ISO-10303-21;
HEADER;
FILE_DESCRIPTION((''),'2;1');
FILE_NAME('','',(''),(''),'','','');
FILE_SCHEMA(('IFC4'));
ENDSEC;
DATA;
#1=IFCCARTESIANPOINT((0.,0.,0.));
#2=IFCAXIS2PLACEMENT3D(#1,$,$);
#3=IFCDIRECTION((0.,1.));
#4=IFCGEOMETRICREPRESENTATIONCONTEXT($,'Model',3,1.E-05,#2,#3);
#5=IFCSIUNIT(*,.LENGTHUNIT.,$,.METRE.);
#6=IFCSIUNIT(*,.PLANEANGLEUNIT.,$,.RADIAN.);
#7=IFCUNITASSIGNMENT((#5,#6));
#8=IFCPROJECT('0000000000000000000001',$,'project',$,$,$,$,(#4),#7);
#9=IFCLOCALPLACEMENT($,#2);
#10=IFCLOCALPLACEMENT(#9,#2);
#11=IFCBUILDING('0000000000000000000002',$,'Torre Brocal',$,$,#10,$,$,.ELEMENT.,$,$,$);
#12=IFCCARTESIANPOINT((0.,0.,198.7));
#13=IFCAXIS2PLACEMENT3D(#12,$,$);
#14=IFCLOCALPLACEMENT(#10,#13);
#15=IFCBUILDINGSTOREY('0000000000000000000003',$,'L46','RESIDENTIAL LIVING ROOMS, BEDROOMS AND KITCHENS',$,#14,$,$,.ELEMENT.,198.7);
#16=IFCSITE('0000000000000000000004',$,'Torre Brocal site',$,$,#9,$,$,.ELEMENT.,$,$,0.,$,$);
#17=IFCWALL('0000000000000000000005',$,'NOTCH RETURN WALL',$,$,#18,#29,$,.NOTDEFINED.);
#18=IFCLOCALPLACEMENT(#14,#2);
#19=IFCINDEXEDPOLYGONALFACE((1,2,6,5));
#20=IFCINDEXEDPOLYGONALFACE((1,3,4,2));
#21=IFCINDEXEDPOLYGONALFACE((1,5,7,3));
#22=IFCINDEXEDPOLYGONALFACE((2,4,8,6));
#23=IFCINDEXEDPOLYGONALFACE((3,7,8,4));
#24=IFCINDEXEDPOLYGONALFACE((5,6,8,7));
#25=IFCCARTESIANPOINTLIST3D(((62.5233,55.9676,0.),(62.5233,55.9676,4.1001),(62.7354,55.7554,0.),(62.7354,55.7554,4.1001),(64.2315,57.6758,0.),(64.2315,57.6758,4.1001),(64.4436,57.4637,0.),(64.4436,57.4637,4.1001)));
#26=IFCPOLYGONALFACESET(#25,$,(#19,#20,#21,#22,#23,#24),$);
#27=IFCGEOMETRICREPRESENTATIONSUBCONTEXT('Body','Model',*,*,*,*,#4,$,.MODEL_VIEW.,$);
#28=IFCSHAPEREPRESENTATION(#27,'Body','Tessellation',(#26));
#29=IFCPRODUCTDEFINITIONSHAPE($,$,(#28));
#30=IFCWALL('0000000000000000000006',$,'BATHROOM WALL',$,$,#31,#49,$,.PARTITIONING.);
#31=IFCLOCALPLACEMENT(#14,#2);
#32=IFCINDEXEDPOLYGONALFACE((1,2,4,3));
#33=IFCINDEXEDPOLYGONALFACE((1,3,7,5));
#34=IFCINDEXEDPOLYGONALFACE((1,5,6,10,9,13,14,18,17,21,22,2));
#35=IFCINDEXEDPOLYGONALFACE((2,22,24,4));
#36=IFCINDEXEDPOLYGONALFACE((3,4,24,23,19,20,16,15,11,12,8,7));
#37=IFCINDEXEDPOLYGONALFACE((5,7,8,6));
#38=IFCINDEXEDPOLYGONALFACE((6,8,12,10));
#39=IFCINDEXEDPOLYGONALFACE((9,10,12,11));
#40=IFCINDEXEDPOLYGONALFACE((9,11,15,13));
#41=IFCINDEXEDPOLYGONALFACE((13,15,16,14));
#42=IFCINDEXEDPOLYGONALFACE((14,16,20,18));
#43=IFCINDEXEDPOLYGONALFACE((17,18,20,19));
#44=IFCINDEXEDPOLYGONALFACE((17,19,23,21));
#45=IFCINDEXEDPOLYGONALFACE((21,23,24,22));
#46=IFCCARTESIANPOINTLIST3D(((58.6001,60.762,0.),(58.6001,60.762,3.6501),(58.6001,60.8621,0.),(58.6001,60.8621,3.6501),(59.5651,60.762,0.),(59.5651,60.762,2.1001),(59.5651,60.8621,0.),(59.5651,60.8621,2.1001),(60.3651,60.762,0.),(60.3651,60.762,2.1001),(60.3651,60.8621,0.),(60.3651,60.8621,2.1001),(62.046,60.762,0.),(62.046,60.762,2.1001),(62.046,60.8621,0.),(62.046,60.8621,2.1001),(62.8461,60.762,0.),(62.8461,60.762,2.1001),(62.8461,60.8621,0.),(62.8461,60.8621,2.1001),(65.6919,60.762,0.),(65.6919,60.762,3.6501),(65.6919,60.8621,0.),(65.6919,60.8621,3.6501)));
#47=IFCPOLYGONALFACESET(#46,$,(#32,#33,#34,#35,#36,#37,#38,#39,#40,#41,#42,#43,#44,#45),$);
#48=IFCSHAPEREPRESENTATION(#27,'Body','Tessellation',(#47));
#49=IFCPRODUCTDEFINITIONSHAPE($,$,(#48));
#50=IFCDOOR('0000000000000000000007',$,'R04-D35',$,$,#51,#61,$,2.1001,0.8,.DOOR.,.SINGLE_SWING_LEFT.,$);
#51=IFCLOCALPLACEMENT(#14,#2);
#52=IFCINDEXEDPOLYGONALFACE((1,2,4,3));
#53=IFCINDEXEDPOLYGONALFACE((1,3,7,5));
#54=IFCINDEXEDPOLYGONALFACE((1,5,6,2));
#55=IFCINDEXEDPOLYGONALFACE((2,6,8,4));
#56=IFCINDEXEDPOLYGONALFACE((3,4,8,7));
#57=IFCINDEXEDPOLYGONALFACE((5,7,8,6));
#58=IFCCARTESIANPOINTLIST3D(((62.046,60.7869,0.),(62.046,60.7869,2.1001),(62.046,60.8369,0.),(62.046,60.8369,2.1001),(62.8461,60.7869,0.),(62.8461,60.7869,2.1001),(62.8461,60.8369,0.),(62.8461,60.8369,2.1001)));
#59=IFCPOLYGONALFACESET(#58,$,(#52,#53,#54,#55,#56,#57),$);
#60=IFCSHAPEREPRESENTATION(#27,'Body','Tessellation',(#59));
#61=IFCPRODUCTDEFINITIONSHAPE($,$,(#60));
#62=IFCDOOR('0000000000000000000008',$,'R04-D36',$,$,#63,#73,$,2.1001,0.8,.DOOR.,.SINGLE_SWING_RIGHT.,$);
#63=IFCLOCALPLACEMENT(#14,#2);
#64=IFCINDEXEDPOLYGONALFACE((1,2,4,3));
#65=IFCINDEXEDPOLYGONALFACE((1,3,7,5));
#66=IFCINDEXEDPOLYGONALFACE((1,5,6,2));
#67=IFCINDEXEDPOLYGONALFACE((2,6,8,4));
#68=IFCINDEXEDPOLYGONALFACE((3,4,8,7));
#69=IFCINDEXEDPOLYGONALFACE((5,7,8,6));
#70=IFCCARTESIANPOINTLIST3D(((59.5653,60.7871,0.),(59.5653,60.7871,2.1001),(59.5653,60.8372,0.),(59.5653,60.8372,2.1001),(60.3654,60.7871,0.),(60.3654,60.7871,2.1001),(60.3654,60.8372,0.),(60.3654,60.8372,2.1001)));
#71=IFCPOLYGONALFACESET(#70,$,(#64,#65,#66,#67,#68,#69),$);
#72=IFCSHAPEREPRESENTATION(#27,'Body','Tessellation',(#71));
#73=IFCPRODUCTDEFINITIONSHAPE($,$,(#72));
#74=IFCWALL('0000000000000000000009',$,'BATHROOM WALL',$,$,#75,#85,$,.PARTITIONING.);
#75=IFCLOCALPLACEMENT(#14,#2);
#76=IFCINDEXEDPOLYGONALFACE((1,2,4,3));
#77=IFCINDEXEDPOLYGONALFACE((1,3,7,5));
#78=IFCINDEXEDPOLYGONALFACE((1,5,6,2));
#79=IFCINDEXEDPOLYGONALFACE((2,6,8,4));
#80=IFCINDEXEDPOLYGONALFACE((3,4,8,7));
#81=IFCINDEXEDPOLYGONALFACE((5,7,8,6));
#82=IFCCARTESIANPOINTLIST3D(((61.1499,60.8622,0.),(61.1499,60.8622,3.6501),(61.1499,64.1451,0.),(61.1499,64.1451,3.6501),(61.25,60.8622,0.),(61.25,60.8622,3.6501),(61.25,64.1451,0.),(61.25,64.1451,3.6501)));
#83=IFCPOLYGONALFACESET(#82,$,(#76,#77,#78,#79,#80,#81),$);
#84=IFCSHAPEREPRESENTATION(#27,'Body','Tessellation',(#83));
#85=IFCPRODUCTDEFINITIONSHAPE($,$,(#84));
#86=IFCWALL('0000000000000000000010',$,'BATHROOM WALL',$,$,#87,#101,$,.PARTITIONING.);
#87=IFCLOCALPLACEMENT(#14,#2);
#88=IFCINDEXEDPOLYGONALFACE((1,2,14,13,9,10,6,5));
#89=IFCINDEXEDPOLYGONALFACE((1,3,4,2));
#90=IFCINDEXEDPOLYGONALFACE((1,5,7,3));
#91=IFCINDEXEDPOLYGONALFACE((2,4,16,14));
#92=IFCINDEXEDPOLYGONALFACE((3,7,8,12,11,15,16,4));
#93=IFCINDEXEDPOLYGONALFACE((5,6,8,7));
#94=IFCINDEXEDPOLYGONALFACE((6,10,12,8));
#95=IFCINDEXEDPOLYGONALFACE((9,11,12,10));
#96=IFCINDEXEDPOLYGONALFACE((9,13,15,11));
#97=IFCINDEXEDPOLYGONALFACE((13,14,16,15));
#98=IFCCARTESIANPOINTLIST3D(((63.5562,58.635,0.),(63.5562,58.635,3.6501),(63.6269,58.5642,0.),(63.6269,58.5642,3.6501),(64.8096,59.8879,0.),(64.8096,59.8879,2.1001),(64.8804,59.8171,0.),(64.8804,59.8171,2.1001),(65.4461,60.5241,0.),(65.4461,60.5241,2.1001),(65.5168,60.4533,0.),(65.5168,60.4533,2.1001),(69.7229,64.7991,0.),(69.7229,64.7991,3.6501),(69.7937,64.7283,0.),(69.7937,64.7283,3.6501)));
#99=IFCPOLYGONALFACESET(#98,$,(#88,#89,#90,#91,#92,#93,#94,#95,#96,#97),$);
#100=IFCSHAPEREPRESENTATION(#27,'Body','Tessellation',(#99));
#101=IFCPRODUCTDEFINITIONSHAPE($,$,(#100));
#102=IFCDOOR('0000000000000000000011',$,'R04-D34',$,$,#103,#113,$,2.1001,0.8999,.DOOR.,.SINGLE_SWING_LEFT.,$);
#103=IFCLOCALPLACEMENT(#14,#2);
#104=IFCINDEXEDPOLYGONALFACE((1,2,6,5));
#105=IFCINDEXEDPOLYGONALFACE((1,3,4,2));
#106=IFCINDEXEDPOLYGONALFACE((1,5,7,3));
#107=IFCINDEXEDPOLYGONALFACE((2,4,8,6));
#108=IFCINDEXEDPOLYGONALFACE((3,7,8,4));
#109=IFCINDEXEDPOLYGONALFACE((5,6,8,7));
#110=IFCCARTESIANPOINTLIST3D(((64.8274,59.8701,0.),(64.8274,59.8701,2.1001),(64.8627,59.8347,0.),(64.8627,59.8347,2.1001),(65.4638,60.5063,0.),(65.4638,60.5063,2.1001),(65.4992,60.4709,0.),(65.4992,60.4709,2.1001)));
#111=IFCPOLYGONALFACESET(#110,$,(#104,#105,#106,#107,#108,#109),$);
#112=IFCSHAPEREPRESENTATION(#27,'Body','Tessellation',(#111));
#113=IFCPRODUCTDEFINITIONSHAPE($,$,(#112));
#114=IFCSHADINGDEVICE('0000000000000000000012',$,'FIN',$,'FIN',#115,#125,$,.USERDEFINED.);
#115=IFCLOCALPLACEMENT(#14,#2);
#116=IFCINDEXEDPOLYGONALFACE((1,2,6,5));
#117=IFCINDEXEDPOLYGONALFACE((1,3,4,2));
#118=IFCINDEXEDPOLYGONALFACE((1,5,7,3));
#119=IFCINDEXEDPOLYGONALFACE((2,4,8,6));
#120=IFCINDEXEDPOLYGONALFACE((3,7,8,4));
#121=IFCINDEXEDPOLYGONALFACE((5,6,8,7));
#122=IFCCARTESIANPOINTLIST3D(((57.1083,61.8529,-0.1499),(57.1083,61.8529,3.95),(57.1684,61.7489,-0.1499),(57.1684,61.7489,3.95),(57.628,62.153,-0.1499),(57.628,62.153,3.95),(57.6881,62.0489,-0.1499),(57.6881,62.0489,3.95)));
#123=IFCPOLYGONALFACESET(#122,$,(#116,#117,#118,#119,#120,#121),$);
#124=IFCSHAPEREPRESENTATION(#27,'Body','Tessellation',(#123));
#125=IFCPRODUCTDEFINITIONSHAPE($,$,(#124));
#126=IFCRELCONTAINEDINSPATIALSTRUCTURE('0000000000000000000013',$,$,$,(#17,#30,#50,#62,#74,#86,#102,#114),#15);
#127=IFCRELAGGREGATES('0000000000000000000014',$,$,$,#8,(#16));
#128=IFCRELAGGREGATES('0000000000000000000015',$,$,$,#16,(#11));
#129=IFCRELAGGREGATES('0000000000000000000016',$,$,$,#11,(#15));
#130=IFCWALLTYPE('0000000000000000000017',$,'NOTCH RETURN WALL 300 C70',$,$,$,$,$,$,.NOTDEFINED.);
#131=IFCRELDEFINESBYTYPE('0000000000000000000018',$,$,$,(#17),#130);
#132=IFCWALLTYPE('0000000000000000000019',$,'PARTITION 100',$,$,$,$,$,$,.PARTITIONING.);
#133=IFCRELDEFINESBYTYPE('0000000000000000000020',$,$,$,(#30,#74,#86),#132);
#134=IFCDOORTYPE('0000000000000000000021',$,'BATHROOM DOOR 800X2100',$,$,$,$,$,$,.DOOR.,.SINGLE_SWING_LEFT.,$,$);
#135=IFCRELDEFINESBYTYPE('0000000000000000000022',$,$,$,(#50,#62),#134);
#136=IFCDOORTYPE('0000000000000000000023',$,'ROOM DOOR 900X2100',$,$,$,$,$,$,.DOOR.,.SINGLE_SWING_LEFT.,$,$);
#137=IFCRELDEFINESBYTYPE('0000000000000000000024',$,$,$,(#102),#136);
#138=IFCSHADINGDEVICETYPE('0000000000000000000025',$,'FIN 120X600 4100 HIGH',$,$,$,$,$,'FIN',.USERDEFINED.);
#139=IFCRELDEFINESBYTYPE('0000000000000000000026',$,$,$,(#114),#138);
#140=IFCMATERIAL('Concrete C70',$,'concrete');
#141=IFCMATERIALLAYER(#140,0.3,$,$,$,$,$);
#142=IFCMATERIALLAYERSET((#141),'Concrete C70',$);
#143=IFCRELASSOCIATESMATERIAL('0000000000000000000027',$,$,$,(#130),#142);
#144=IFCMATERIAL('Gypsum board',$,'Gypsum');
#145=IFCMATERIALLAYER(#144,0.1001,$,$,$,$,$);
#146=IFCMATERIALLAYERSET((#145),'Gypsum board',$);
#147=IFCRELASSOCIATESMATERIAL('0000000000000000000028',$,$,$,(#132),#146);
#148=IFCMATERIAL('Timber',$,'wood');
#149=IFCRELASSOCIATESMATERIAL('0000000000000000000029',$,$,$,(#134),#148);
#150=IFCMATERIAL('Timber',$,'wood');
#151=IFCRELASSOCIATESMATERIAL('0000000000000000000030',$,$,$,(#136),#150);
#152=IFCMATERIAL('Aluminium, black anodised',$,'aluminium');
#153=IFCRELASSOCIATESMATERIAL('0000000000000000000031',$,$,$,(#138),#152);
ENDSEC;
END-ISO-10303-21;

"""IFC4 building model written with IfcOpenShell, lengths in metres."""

from ifc_helpers import new_model, si_unit, direction, frame, frame_2d, origin, origin_2d, place, context, subcontext, project, spatial, rectangle, extrude, material, layer, layer_set, material_profile, profile_set, type_object, element, fill, save


model = new_model("IFC4")

# Units and contexts
model_context = context("Model", 3, precision=1e-05, world=origin(), true_north=direction((0.0, 1.0)))
body_context = subcontext(model_context, "Body", "Model", "MODEL_VIEW")
ifc_project = project(units=[si_unit("LENGTHUNIT", "METRE"), si_unit("PLANEANGLEUNIT", "RADIAN")], contexts=[model_context])

# Site, building, storey
site_placement = place(None, origin())
site = spatial("IfcSite", under=ifc_project, at=site_placement, Name="Torre Brocal site", CompositionType="ELEMENT", RefElevation=0.0)
building_placement = place(site_placement, origin())
building = spatial("IfcBuilding", under=site, at=building_placement, Name="Torre Brocal", CompositionType="ELEMENT")
storey_placement = place(building_placement, frame((0.0, 0.0, 198.7)))
storey = spatial("IfcBuildingStorey", under=building, at=storey_placement, Name="L46", Description="RESIDENTIAL LIVING ROOMS, BEDROOMS AND KITCHENS", CompositionType="ELEMENT", Elevation=198.7)

# Wall
ifc_material_1 = material(Name="Concrete C70", Category="concrete")
ifc_layer_1 = layer(ifc_material_1, 0.3)
ifc_layer_set_1 = layer_set([ifc_layer_1], Name="Concrete C70")
wall_type_1 = type_object("IfcWallType", Name="NOTCH RETURN WALL 300 C70", PredefinedType="NOTDEFINED", material=ifc_layer_set_1)
for number, where, z_axis, x_axis, name in (
    (1, (64.3376, 57.5698, 0.0), (0.0, 0.0, 1.0), (-0.707107, -0.707107, 0.0), "NOTCH RETURN WALL"),
):
    element("IfcWall", number, at=place(storey_placement, frame(where, z_axis=z_axis, x_axis=x_axis)), inside=storey, type_object=wall_type_1, Name=name, PredefinedType="NOTDEFINED", context=body_context, shape_type="SweptSolid", body=[
        extrude(rectangle(XDim=2.4158, YDim=0.3, at=frame_2d((1.208, 0.0))), origin(), (0.0, 0.0, 1.0), 4.1001),
    ])

# Wall, openings, doors
ifc_material_2 = material(Name="Gypsum board", Category="Gypsum")
ifc_layer_2 = layer(ifc_material_2, 0.1001)
ifc_layer_set_2 = layer_set([ifc_layer_2], Name="Gypsum board")
wall_type_2 = type_object("IfcWallType", Name="PARTITION 100", PredefinedType="PARTITIONING", material=ifc_layer_set_2)
wall_1_placement = place(storey_placement, frame((58.6001, 60.812, 0.0), z_axis=(0.0, 0.0, 1.0), x_axis=(1.0, 0.0, 0.0)))
wall_1 = element("IfcWall", 2, at=wall_1_placement, inside=storey, type_object=wall_type_2, Name="BATHROOM WALL", PredefinedType="PARTITIONING", context=body_context, shape_type="SweptSolid", body=[
    extrude(rectangle(XDim=7.0918, YDim=0.1001, at=frame_2d((3.5459, 0.0))), origin(), (0.0, 0.0, 1.0), 3.6501),
])
opening_1_placement = place(wall_1_placement, frame((3.446, 0.0, 0.0)))
opening_1 = element("IfcOpeningElement", 3, at=opening_1_placement, cuts=wall_1, PredefinedType="OPENING", context=body_context, shape_type="SweptSolid", body=[
    extrude(rectangle(XDim=0.8, YDim=2.1001, at=frame_2d((0.3999, 1.05))), frame((0.0, 0.0601, 0.0), z_axis=(0.0, -1.0, 0.0), x_axis=(1.0, 0.0, 0.0)), (0.0, 0.0, 1.0), 0.1201),
])
opening_2_placement = place(wall_1_placement, frame((0.9651, 0.0, 0.0)))
opening_2 = element("IfcOpeningElement", 4, at=opening_2_placement, cuts=wall_1, PredefinedType="OPENING", context=body_context, shape_type="SweptSolid", body=[
    extrude(rectangle(XDim=0.8, YDim=2.1001, at=frame_2d((0.3999, 1.05))), frame((0.0, 0.0601, 0.0), z_axis=(0.0, -1.0, 0.0), x_axis=(1.0, 0.0, 0.0)), (0.0, 0.0, 1.0), 0.1201),
])
ifc_material_3 = material(Name="Timber", Category="wood")
door_type_1 = type_object("IfcDoorType", Name="BATHROOM DOOR 800X2100", OperationType="SINGLE_SWING_LEFT", PredefinedType="DOOR", material=ifc_material_3)
door_1_placement = place(opening_1_placement, origin())
door_1 = element("IfcDoor", 5, at=door_1_placement, inside=storey, type_object=door_type_1, Name="R04-D35", OperationType="SINGLE_SWING_LEFT", OverallHeight=2.1001, OverallWidth=0.8, PredefinedType="DOOR", context=body_context, shape_type="SweptSolid", body=[
    extrude(rectangle(XDim=0.8, YDim=2.1001, at=frame_2d((0.3999, 1.05))), frame((0.0, 0.0249, 0.0), z_axis=(0.0, -1.0, 0.0), x_axis=(1.0, 0.0, 0.0)), (0.0, 0.0, 1.0), 0.05),
])
fill(opening_1, door_1)
door_2_placement = place(opening_2_placement, frame((0.8, 0.0, 0.0), z_axis=(0.0, 0.0, 1.0), x_axis=(-1.0, 0.0, 0.0)))
door_2 = element("IfcDoor", 6, at=door_2_placement, inside=storey, type_object=door_type_1, Name="R04-D36", OperationType="SINGLE_SWING_RIGHT", OverallHeight=2.1001, OverallWidth=0.8, PredefinedType="DOOR", context=body_context, shape_type="SweptSolid", body=[
    extrude(rectangle(XDim=0.8, YDim=2.1001, at=frame_2d((0.3999, 1.05))), frame((0.0, 0.0249, 0.0), z_axis=(0.0, -1.0, 0.0), x_axis=(1.0, 0.0, 0.0)), (0.0, 0.0, 1.0), 0.05),
])
fill(opening_2, door_2)

# Wall
wall_2_placement = place(storey_placement, frame((61.2, 60.8621, 0.0), z_axis=(0.0, 0.0, 1.0), x_axis=(0.0, 1.0, 0.0)))
element("IfcWall", 7, at=wall_2_placement, inside=storey, type_object=wall_type_2, Name="BATHROOM WALL", PredefinedType="PARTITIONING", context=body_context, shape_type="SweptSolid", body=[
    extrude(rectangle(XDim=3.283, YDim=0.1001, at=frame_2d((1.6416, 0.0))), origin(), (0.0, 0.0, 1.0), 3.6501),
])

# Wall, opening, door
wall_3_placement = place(storey_placement, frame((63.5916, 58.5996, 0.0), z_axis=(0.0, 0.0, 1.0), x_axis=(0.707261, 0.706953, 0.0)))
wall_3 = element("IfcWall", 8, at=wall_3_placement, inside=storey, type_object=wall_type_2, Name="BATHROOM WALL", PredefinedType="PARTITIONING", context=body_context, shape_type="SweptSolid", body=[
    extrude(rectangle(XDim=8.7192, YDim=0.1001, at=frame_2d((4.3596, 0.0))), origin(), (0.0, 0.0, 1.0), 3.6501),
])
opening_3_placement = place(wall_3_placement, frame((1.7722, 0.0, 0.0)))
opening_3 = element("IfcOpeningElement", 9, at=opening_3_placement, cuts=wall_3, PredefinedType="OPENING", context=body_context, shape_type="SweptSolid", body=[
    extrude(rectangle(XDim=0.8999, YDim=2.1001, at=frame_2d((0.45, 1.05))), frame((0.0, 0.0601, 0.0), z_axis=(0.0, -1.0, 0.0), x_axis=(1.0, 0.0, 0.0)), (0.0, 0.0, 1.0), 0.1201),
])
ifc_material_4 = material(Name="Timber", Category="wood")
door_type_2 = type_object("IfcDoorType", Name="ROOM DOOR 900X2100", OperationType="SINGLE_SWING_LEFT", PredefinedType="DOOR", material=ifc_material_4)
door_3_placement = place(opening_3_placement, origin())
door_3 = element("IfcDoor", 10, at=door_3_placement, inside=storey, type_object=door_type_2, Name="R04-D34", OperationType="SINGLE_SWING_LEFT", OverallHeight=2.1001, OverallWidth=0.8999, PredefinedType="DOOR", context=body_context, shape_type="SweptSolid", body=[
    extrude(rectangle(XDim=0.8999, YDim=2.1001, at=frame_2d((0.45, 1.05))), frame((0.0, 0.0249, 0.0), z_axis=(0.0, -1.0, 0.0), x_axis=(1.0, 0.0, 0.0)), (0.0, 0.0, 1.0), 0.05),
])
fill(opening_3, door_3)

# Shading device
ifc_material_5 = material(Name="Aluminium, black anodised", Category="aluminium")
ifc_material_profile_1 = material_profile(ifc_material_5, rectangle(XDim=0.1201, YDim=0.6001, at=origin_2d()), Name="FIN 120X600 4100 HIGH")
ifc_profile_set_1 = profile_set([ifc_material_profile_1], Name="Aluminium, black anodised")
shading_device_type = type_object("IfcShadingDeviceType", Name="FIN 120X600 4100 HIGH", ElementType="FIN", PredefinedType="USERDEFINED", material=ifc_profile_set_1)
shading_device_placement = place(storey_placement, frame((57.3982, 61.9509, -0.1499), z_axis=(0.0, 0.0, 1.0), x_axis=(0.5, -0.866025, 0.0)))
element("IfcShadingDevice", 11, at=shading_device_placement, inside=storey, type_object=shading_device_type, Name="FIN", ObjectType="FIN", PredefinedType="USERDEFINED", context=body_context, shape_type="SweptSolid", body=[
    extrude(rectangle(XDim=0.1201, YDim=0.6001, at=origin_2d()), origin(), (0.0, 0.0, 1.0), 4.0999),
])

save(model, "model.ifc")
